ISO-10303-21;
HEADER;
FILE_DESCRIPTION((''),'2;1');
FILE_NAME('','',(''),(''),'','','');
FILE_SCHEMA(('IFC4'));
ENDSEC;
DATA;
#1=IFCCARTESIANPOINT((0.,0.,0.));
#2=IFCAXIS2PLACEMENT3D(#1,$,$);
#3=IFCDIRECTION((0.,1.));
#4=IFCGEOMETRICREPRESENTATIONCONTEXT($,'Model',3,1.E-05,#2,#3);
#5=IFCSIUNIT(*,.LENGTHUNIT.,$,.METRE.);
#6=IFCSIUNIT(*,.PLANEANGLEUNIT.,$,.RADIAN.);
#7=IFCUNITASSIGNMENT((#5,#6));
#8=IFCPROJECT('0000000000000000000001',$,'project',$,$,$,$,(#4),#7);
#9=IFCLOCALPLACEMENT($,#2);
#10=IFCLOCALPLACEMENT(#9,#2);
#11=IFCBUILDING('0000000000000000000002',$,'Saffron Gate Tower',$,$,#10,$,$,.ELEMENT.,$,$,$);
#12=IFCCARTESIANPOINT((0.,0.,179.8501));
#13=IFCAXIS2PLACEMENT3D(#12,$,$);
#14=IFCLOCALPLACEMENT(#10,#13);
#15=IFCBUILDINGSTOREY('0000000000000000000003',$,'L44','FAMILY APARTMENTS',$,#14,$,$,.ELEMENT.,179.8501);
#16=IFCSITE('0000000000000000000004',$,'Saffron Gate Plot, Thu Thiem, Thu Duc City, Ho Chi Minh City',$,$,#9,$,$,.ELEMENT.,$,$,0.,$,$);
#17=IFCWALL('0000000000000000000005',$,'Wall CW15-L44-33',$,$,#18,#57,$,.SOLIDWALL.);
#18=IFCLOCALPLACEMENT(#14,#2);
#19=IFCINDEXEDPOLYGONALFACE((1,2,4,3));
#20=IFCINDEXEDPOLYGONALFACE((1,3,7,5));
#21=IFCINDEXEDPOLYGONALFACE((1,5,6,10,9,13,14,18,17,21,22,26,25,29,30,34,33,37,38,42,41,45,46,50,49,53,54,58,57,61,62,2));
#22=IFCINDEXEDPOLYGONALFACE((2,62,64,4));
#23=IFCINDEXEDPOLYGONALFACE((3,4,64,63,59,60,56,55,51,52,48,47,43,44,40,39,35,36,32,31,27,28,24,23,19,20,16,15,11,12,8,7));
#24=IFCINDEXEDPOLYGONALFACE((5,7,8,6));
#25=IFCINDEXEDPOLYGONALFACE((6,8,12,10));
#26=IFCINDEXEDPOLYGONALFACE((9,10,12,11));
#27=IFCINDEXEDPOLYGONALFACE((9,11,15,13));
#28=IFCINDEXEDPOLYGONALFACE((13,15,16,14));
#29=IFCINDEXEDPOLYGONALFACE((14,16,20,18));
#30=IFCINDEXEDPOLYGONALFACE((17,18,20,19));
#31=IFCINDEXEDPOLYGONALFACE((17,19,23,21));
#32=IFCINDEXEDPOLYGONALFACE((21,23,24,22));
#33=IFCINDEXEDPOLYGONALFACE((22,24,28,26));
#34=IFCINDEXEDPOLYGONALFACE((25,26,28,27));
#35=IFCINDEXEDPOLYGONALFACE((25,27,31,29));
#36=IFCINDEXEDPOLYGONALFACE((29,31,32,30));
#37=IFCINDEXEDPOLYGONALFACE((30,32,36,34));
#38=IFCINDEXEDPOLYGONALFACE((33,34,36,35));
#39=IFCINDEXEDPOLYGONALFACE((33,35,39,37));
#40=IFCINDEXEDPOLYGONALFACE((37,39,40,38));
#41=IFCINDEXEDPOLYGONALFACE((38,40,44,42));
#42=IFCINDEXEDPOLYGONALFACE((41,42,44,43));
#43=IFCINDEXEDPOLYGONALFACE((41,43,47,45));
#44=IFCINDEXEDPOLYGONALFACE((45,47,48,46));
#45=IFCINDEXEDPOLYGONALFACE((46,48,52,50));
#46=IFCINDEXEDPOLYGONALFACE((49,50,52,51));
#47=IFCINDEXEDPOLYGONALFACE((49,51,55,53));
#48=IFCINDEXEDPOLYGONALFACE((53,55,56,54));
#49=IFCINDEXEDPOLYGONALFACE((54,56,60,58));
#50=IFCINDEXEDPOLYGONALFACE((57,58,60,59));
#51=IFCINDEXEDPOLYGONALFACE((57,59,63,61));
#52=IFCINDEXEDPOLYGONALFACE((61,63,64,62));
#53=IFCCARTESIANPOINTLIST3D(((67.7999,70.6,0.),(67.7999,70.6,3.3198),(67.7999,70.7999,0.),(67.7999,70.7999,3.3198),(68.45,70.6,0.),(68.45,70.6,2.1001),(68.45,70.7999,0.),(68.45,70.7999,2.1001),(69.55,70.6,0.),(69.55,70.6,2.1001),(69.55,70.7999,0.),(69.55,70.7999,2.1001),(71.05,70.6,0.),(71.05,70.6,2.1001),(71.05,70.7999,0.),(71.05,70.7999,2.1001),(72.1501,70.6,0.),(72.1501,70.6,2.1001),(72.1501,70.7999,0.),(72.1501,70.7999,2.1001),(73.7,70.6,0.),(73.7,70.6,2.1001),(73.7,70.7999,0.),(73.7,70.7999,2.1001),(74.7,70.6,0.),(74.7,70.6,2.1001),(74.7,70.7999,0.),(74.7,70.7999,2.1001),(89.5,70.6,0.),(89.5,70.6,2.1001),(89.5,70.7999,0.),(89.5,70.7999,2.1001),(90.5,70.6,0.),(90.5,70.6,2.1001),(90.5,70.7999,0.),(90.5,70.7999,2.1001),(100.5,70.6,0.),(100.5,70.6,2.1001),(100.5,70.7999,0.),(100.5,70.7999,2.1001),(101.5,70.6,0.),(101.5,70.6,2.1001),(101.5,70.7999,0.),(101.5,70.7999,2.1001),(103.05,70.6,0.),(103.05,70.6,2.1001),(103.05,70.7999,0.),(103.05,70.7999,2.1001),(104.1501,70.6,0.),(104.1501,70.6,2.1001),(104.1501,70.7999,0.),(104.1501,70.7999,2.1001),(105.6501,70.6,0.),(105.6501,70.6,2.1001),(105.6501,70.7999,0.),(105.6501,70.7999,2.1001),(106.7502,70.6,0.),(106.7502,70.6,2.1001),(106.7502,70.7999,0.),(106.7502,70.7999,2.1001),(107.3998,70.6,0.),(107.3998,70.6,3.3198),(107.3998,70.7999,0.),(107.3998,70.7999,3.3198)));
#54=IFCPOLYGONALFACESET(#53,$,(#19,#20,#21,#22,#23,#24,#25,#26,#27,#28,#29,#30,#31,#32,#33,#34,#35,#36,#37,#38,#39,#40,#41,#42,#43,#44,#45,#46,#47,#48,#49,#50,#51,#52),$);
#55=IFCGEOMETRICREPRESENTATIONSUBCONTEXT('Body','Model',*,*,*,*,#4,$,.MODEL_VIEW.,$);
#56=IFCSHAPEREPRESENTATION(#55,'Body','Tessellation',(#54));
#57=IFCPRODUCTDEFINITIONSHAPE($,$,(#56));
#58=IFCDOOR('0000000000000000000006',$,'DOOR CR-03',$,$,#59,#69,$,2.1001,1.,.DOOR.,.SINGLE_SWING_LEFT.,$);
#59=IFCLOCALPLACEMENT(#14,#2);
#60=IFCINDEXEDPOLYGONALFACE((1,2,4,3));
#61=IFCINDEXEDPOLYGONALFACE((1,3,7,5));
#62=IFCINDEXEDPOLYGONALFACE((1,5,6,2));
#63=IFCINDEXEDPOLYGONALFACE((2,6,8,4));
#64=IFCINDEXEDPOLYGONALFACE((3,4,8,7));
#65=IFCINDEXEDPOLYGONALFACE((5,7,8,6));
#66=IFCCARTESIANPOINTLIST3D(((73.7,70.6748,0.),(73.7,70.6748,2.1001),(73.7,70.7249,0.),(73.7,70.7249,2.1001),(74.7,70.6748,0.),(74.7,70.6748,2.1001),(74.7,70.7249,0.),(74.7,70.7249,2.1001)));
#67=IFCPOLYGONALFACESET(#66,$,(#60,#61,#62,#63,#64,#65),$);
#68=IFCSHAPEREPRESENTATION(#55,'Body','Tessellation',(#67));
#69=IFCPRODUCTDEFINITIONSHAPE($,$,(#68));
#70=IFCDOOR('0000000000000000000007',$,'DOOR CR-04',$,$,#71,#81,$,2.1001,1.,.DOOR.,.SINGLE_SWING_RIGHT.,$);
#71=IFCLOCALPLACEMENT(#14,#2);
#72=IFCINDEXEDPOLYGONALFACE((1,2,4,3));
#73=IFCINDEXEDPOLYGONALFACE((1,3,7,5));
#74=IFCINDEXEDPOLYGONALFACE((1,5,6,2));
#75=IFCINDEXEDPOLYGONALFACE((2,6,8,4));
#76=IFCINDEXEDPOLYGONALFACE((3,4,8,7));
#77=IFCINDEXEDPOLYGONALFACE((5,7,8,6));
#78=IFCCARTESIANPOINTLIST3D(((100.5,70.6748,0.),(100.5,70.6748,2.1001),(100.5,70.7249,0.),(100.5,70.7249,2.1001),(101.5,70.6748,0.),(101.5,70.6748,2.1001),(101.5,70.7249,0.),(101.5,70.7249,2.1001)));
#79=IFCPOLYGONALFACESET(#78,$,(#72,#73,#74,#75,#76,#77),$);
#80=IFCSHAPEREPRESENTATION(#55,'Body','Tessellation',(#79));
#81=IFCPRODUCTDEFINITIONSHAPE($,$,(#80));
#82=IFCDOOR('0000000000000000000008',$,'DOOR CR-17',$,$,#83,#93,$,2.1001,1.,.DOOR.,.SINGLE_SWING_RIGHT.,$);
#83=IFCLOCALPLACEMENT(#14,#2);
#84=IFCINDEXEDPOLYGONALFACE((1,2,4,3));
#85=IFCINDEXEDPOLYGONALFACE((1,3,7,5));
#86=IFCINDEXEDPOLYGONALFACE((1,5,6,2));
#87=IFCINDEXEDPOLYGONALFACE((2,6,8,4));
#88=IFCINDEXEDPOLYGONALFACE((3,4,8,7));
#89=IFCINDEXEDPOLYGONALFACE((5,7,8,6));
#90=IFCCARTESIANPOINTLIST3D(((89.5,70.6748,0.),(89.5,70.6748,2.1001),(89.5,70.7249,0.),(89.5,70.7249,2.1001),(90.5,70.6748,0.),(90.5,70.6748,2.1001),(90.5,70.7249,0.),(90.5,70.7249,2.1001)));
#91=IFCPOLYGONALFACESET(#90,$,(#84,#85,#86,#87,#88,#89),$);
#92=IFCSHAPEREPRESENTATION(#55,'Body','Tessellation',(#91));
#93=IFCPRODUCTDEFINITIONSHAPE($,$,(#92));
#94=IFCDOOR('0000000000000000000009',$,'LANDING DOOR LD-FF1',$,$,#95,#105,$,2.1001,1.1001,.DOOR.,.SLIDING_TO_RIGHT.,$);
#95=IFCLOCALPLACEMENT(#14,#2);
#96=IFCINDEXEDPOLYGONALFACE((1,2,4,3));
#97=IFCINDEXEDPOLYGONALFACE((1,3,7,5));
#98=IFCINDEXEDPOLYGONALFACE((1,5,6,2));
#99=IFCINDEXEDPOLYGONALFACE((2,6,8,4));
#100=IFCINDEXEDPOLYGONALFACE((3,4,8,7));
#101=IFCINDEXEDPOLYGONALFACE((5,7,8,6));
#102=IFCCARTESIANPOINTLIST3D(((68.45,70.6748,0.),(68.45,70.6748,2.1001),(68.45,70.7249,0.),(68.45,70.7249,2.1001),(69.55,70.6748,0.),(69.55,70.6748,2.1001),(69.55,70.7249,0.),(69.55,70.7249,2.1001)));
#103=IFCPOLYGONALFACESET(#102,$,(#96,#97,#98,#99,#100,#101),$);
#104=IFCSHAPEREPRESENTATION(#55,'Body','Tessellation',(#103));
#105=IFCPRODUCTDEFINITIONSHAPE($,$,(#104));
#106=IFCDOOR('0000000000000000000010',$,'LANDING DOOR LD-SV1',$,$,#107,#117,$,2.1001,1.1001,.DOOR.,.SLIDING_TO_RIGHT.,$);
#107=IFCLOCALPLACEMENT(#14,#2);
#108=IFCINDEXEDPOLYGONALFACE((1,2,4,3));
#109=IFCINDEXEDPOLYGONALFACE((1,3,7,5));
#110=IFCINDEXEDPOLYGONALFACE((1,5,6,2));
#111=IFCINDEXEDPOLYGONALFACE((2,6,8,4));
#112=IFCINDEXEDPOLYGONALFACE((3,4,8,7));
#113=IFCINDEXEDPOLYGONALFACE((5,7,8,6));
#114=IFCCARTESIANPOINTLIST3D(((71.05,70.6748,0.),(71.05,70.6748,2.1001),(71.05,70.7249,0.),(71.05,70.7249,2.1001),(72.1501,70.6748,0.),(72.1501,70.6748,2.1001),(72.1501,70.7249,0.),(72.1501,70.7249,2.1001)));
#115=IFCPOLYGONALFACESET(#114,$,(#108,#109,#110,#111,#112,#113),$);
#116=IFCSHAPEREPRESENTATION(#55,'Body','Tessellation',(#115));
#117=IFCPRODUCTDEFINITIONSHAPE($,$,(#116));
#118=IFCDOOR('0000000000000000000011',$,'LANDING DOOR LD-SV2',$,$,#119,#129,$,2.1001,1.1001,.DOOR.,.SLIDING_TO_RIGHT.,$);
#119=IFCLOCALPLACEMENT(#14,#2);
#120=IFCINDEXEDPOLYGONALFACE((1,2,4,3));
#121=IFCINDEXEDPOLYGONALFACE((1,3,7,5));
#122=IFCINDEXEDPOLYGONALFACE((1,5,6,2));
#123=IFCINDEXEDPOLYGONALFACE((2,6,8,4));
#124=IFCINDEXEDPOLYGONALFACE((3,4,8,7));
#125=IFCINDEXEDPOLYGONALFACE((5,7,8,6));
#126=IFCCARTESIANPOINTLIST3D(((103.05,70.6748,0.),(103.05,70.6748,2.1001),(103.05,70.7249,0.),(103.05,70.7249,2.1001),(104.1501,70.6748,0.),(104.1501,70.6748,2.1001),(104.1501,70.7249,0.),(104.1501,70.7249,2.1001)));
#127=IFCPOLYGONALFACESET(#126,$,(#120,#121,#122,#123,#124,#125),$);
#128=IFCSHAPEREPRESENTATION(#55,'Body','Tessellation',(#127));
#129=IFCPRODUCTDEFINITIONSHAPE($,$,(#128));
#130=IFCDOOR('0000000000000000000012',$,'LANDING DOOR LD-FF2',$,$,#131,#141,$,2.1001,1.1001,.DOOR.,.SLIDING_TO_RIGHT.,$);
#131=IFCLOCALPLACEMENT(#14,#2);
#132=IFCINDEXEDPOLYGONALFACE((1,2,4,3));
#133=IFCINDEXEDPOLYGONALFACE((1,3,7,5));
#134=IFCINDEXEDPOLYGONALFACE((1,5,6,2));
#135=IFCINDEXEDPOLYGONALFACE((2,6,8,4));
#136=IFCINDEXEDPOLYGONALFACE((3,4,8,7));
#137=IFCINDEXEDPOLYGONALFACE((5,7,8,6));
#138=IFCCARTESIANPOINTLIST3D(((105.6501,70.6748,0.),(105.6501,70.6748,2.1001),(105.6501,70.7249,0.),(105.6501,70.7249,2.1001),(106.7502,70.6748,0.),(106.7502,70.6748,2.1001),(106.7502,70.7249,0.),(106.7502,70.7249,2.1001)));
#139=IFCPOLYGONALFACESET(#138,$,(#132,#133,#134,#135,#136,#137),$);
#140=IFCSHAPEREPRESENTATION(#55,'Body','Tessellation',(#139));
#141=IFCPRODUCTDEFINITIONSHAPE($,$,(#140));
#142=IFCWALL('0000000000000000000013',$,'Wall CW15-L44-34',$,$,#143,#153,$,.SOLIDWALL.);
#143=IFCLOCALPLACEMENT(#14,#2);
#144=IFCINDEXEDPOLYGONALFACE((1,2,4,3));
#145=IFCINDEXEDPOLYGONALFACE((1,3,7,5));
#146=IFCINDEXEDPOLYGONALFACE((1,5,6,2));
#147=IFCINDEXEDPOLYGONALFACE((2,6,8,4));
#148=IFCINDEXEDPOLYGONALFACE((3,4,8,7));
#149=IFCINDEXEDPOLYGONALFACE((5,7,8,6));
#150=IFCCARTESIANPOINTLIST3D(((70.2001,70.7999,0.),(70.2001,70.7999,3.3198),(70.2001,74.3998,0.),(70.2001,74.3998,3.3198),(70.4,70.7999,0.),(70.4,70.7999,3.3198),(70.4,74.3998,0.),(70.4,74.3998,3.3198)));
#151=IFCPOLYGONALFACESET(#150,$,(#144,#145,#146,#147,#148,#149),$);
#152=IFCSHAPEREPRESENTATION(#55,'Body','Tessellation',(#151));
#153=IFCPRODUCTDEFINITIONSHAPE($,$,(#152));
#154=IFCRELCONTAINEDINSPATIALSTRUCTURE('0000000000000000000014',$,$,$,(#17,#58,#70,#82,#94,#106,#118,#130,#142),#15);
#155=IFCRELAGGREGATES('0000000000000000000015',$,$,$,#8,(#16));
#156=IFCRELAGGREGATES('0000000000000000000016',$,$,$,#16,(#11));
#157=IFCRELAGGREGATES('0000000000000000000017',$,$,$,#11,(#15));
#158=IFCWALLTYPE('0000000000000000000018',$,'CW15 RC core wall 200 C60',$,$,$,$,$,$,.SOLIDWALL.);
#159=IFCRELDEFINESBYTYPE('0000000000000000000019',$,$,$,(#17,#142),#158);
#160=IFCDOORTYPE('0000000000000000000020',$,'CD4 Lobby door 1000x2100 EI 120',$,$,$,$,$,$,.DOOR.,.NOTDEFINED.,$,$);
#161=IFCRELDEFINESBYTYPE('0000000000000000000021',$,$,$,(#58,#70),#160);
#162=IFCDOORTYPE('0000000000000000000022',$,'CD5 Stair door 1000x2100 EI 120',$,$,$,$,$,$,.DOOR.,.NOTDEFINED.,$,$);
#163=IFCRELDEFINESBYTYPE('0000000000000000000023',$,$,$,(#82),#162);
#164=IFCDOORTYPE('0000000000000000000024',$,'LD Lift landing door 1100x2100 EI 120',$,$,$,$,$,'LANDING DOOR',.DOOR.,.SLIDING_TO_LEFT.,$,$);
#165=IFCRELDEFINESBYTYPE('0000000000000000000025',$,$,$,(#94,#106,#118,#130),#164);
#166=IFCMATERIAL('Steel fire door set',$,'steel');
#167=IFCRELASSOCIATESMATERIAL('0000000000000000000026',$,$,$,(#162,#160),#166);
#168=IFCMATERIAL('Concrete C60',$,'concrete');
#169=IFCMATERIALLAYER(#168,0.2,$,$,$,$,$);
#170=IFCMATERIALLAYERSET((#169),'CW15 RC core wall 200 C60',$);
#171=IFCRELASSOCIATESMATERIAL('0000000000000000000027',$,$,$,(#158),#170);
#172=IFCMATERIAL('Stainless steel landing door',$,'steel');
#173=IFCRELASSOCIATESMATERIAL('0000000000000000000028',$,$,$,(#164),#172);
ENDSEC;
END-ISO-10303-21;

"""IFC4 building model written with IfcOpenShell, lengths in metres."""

from ifc_helpers import new_model, si_unit, direction, frame, frame_2d, origin, place, context, subcontext, project, spatial, rectangle, extrude, material, layer, layer_set, type_object, element, fill, save


model = new_model("IFC4")

# Units and contexts
model_context = context("Model", 3, precision=1e-05, world=origin(), true_north=direction((0.0, 1.0)))
body_context = subcontext(model_context, "Body", "Model", "MODEL_VIEW")
ifc_project = project(units=[si_unit("LENGTHUNIT", "METRE"), si_unit("PLANEANGLEUNIT", "RADIAN")], contexts=[model_context])

# Site, building, storey
site_placement = place(None, origin())
site = spatial("IfcSite", under=ifc_project, at=site_placement, Name="Saffron Gate Plot, Thu Thiem, Thu Duc City, Ho Chi Minh City", CompositionType="ELEMENT", RefElevation=0.0)
building_placement = place(site_placement, origin())
building = spatial("IfcBuilding", under=site, at=building_placement, Name="Saffron Gate Tower", CompositionType="ELEMENT")
storey_placement = place(building_placement, frame((0.0, 0.0, 179.8501)))
storey = spatial("IfcBuildingStorey", under=building, at=storey_placement, Name="L44", Description="FAMILY APARTMENTS", CompositionType="ELEMENT", Elevation=179.8501)

# Shared definitions
ifc_material_1 = material(Name="Concrete C60", Category="concrete")

# Wall, openings, doors
ifc_material_2 = material(Name="Steel fire door set", Category="steel")
door_type_1 = type_object("IfcDoorType", Name="CD5 Stair door 1000x2100 EI 120", OperationType="NOTDEFINED", PredefinedType="DOOR", material=ifc_material_2)
ifc_layer_1 = layer(ifc_material_1, 0.2)
ifc_layer_set_1 = layer_set([ifc_layer_1], Name="CW15 RC core wall 200 C60")
wall_type_1 = type_object("IfcWallType", Name="CW15 RC core wall 200 C60", PredefinedType="SOLIDWALL", material=ifc_layer_set_1)
wall_1_placement = place(storey_placement, frame((67.8, 70.7, 0.0), z_axis=(0.0, 0.0, 1.0), x_axis=(1.0, 0.0, 0.0)))
wall_1 = element("IfcWall", 1, at=wall_1_placement, inside=storey, type_object=wall_type_1, Name="Wall CW15-L44-33", PredefinedType="SOLIDWALL", context=body_context, shape_type="SweptSolid", body=[
    extrude(rectangle(XDim=39.5999, YDim=0.2, at=frame_2d((19.7998, 0.0))), origin(), (0.0, 0.0, 1.0), 3.3198),
])
opening_1_placement = place(wall_1_placement, frame((0.6499, 0.0, 0.0)))
opening_1 = element("IfcOpeningElement", 2, at=opening_1_placement, cuts=wall_1, PredefinedType="OPENING", context=body_context, shape_type="SweptSolid", body=[
    extrude(rectangle(XDim=1.1001, YDim=2.1001, at=frame_2d((0.55, 1.05))), frame((0.0, 0.1099, 0.0), z_axis=(0.0, -1.0, 0.0), x_axis=(1.0, 0.0, 0.0)), (0.0, 0.0, 1.0), 0.22),
])
opening_2_placement = place(wall_1_placement, frame((3.25, 0.0, 0.0)))
opening_2 = element("IfcOpeningElement", 3, at=opening_2_placement, cuts=wall_1, PredefinedType="OPENING", context=body_context, shape_type="SweptSolid", body=[
    extrude(rectangle(XDim=1.1001, YDim=2.1001, at=frame_2d((0.55, 1.05))), frame((0.0, 0.1099, 0.0), z_axis=(0.0, -1.0, 0.0), x_axis=(1.0, 0.0, 0.0)), (0.0, 0.0, 1.0), 0.22),
])
opening_3_placement = place(wall_1_placement, frame((5.8999, 0.0, 0.0)))
opening_3 = element("IfcOpeningElement", 4, at=opening_3_placement, cuts=wall_1, PredefinedType="OPENING", context=body_context, shape_type="SweptSolid", body=[
    extrude(rectangle(XDim=1.0, YDim=2.1001, at=frame_2d((0.5, 1.05))), frame((0.0, 0.1099, 0.0), z_axis=(0.0, -1.0, 0.0), x_axis=(1.0, 0.0, 0.0)), (0.0, 0.0, 1.0), 0.22),
])
opening_4_placement = place(wall_1_placement, frame((21.7, 0.0, 0.0)))
opening_4 = element("IfcOpeningElement", 5, at=opening_4_placement, cuts=wall_1, PredefinedType="OPENING", context=body_context, shape_type="SweptSolid", body=[
    extrude(rectangle(XDim=1.0, YDim=2.1001, at=frame_2d((0.5, 1.05))), frame((0.0, 0.1099, 0.0), z_axis=(0.0, -1.0, 0.0), x_axis=(1.0, 0.0, 0.0)), (0.0, 0.0, 1.0), 0.22),
])
opening_5_placement = place(wall_1_placement, frame((32.7, 0.0, 0.0)))
opening_5 = element("IfcOpeningElement", 6, at=opening_5_placement, cuts=wall_1, PredefinedType="OPENING", context=body_context, shape_type="SweptSolid", body=[
    extrude(rectangle(XDim=1.0, YDim=2.1001, at=frame_2d((0.5, 1.05))), frame((0.0, 0.1099, 0.0), z_axis=(0.0, -1.0, 0.0), x_axis=(1.0, 0.0, 0.0)), (0.0, 0.0, 1.0), 0.22),
])
opening_6_placement = place(wall_1_placement, frame((35.25, 0.0, 0.0)))
opening_6 = element("IfcOpeningElement", 7, at=opening_6_placement, cuts=wall_1, PredefinedType="OPENING", context=body_context, shape_type="SweptSolid", body=[
    extrude(rectangle(XDim=1.1001, YDim=2.1001, at=frame_2d((0.55, 1.05))), frame((0.0, 0.1099, 0.0), z_axis=(0.0, -1.0, 0.0), x_axis=(1.0, 0.0, 0.0)), (0.0, 0.0, 1.0), 0.22),
])
opening_7_placement = place(wall_1_placement, frame((37.8501, 0.0, 0.0)))
opening_7 = element("IfcOpeningElement", 8, at=opening_7_placement, cuts=wall_1, PredefinedType="OPENING", context=body_context, shape_type="SweptSolid", body=[
    extrude(rectangle(XDim=1.1001, YDim=2.1001, at=frame_2d((0.55, 1.05))), frame((0.0, 0.1099, 0.0), z_axis=(0.0, -1.0, 0.0), x_axis=(1.0, 0.0, 0.0)), (0.0, 0.0, 1.0), 0.22),
])
door_type_2 = type_object("IfcDoorType", Name="CD4 Lobby door 1000x2100 EI 120", OperationType="NOTDEFINED", PredefinedType="DOOR", material=ifc_material_2)
door_1_placement = place(opening_3_placement, origin())
door_1 = element("IfcDoor", 9, at=door_1_placement, inside=storey, type_object=door_type_2, Name="DOOR CR-03", OperationType="SINGLE_SWING_LEFT", OverallHeight=2.1001, OverallWidth=1.0, PredefinedType="DOOR", context=body_context, shape_type="SweptSolid", body=[
    extrude(rectangle(XDim=1.0, YDim=2.1001, at=frame_2d((0.5, 1.05))), frame((0.0, 0.0249, 0.0), z_axis=(0.0, -1.0, 0.0), x_axis=(1.0, 0.0, 0.0)), (0.0, 0.0, 1.0), 0.05),
])
fill(opening_3, door_1)
door_2_placement = place(opening_5_placement, origin())
door_2 = element("IfcDoor", 10, at=door_2_placement, inside=storey, type_object=door_type_2, Name="DOOR CR-04", OperationType="SINGLE_SWING_RIGHT", OverallHeight=2.1001, OverallWidth=1.0, PredefinedType="DOOR", context=body_context, shape_type="SweptSolid", body=[
    extrude(rectangle(XDim=1.0, YDim=2.1001, at=frame_2d((0.5, 1.05))), frame((0.0, 0.0249, 0.0), z_axis=(0.0, -1.0, 0.0), x_axis=(1.0, 0.0, 0.0)), (0.0, 0.0, 1.0), 0.05),
])
fill(opening_5, door_2)
door_3_placement = place(opening_4_placement, origin())
door_3 = element("IfcDoor", 11, at=door_3_placement, inside=storey, type_object=door_type_1, Name="DOOR CR-17", OperationType="SINGLE_SWING_RIGHT", OverallHeight=2.1001, OverallWidth=1.0, PredefinedType="DOOR", context=body_context, shape_type="SweptSolid", body=[
    extrude(rectangle(XDim=1.0, YDim=2.1001, at=frame_2d((0.5, 1.05))), frame((0.0, 0.0249, 0.0), z_axis=(0.0, -1.0, 0.0), x_axis=(1.0, 0.0, 0.0)), (0.0, 0.0, 1.0), 0.05),
])
fill(opening_4, door_3)
ifc_material_3 = material(Name="Stainless steel landing door", Category="steel")
door_type_3 = type_object("IfcDoorType", Name="LD Lift landing door 1100x2100 EI 120", ElementType="LANDING DOOR", OperationType="SLIDING_TO_LEFT", PredefinedType="DOOR", material=ifc_material_3)
door_4_placement = place(opening_1_placement, origin())
door_4 = element("IfcDoor", 12, at=door_4_placement, inside=storey, type_object=door_type_3, Name="LANDING DOOR LD-FF1", OperationType="SLIDING_TO_RIGHT", OverallHeight=2.1001, OverallWidth=1.1001, PredefinedType="DOOR", context=body_context, shape_type="SweptSolid", body=[
    extrude(rectangle(XDim=1.1001, YDim=2.1001, at=frame_2d((0.55, 1.05))), frame((0.0, 0.0249, 0.0), z_axis=(0.0, -1.0, 0.0), x_axis=(1.0, 0.0, 0.0)), (0.0, 0.0, 1.0), 0.05),
])
fill(opening_1, door_4)
door_5_placement = place(opening_2_placement, origin())
door_5 = element("IfcDoor", 13, at=door_5_placement, inside=storey, type_object=door_type_3, Name="LANDING DOOR LD-SV1", OperationType="SLIDING_TO_RIGHT", OverallHeight=2.1001, OverallWidth=1.1001, PredefinedType="DOOR", context=body_context, shape_type="SweptSolid", body=[
    extrude(rectangle(XDim=1.1001, YDim=2.1001, at=frame_2d((0.55, 1.05))), frame((0.0, 0.0249, 0.0), z_axis=(0.0, -1.0, 0.0), x_axis=(1.0, 0.0, 0.0)), (0.0, 0.0, 1.0), 0.05),
])
fill(opening_2, door_5)
door_6_placement = place(opening_6_placement, origin())
door_6 = element("IfcDoor", 14, at=door_6_placement, inside=storey, type_object=door_type_3, Name="LANDING DOOR LD-SV2", OperationType="SLIDING_TO_RIGHT", OverallHeight=2.1001, OverallWidth=1.1001, PredefinedType="DOOR", context=body_context, shape_type="SweptSolid", body=[
    extrude(rectangle(XDim=1.1001, YDim=2.1001, at=frame_2d((0.55, 1.05))), frame((0.0, 0.0249, 0.0), z_axis=(0.0, -1.0, 0.0), x_axis=(1.0, 0.0, 0.0)), (0.0, 0.0, 1.0), 0.05),
])
fill(opening_6, door_6)
door_7_placement = place(opening_7_placement, origin())
door_7 = element("IfcDoor", 15, at=door_7_placement, inside=storey, type_object=door_type_3, Name="LANDING DOOR LD-FF2", OperationType="SLIDING_TO_RIGHT", OverallHeight=2.1001, OverallWidth=1.1001, PredefinedType="DOOR", context=body_context, shape_type="SweptSolid", body=[
    extrude(rectangle(XDim=1.1001, YDim=2.1001, at=frame_2d((0.55, 1.05))), frame((0.0, 0.0249, 0.0), z_axis=(0.0, -1.0, 0.0), x_axis=(1.0, 0.0, 0.0)), (0.0, 0.0, 1.0), 0.05),
])
fill(opening_7, door_7)

# Wall
wall_2_placement = place(storey_placement, frame((70.3, 70.8, 0.0), z_axis=(0.0, 0.0, 1.0), x_axis=(0.0, 1.0, 0.0)))
element("IfcWall", 16, at=wall_2_placement, inside=storey, type_object=wall_type_1, Name="Wall CW15-L44-34", PredefinedType="SOLIDWALL", context=body_context, shape_type="SweptSolid", body=[
    extrude(rectangle(XDim=3.5999, YDim=0.2, at=frame_2d((1.7998, 0.0))), origin(), (0.0, 0.0, 1.0), 3.3198),
])

save(model, "model.ifc")
